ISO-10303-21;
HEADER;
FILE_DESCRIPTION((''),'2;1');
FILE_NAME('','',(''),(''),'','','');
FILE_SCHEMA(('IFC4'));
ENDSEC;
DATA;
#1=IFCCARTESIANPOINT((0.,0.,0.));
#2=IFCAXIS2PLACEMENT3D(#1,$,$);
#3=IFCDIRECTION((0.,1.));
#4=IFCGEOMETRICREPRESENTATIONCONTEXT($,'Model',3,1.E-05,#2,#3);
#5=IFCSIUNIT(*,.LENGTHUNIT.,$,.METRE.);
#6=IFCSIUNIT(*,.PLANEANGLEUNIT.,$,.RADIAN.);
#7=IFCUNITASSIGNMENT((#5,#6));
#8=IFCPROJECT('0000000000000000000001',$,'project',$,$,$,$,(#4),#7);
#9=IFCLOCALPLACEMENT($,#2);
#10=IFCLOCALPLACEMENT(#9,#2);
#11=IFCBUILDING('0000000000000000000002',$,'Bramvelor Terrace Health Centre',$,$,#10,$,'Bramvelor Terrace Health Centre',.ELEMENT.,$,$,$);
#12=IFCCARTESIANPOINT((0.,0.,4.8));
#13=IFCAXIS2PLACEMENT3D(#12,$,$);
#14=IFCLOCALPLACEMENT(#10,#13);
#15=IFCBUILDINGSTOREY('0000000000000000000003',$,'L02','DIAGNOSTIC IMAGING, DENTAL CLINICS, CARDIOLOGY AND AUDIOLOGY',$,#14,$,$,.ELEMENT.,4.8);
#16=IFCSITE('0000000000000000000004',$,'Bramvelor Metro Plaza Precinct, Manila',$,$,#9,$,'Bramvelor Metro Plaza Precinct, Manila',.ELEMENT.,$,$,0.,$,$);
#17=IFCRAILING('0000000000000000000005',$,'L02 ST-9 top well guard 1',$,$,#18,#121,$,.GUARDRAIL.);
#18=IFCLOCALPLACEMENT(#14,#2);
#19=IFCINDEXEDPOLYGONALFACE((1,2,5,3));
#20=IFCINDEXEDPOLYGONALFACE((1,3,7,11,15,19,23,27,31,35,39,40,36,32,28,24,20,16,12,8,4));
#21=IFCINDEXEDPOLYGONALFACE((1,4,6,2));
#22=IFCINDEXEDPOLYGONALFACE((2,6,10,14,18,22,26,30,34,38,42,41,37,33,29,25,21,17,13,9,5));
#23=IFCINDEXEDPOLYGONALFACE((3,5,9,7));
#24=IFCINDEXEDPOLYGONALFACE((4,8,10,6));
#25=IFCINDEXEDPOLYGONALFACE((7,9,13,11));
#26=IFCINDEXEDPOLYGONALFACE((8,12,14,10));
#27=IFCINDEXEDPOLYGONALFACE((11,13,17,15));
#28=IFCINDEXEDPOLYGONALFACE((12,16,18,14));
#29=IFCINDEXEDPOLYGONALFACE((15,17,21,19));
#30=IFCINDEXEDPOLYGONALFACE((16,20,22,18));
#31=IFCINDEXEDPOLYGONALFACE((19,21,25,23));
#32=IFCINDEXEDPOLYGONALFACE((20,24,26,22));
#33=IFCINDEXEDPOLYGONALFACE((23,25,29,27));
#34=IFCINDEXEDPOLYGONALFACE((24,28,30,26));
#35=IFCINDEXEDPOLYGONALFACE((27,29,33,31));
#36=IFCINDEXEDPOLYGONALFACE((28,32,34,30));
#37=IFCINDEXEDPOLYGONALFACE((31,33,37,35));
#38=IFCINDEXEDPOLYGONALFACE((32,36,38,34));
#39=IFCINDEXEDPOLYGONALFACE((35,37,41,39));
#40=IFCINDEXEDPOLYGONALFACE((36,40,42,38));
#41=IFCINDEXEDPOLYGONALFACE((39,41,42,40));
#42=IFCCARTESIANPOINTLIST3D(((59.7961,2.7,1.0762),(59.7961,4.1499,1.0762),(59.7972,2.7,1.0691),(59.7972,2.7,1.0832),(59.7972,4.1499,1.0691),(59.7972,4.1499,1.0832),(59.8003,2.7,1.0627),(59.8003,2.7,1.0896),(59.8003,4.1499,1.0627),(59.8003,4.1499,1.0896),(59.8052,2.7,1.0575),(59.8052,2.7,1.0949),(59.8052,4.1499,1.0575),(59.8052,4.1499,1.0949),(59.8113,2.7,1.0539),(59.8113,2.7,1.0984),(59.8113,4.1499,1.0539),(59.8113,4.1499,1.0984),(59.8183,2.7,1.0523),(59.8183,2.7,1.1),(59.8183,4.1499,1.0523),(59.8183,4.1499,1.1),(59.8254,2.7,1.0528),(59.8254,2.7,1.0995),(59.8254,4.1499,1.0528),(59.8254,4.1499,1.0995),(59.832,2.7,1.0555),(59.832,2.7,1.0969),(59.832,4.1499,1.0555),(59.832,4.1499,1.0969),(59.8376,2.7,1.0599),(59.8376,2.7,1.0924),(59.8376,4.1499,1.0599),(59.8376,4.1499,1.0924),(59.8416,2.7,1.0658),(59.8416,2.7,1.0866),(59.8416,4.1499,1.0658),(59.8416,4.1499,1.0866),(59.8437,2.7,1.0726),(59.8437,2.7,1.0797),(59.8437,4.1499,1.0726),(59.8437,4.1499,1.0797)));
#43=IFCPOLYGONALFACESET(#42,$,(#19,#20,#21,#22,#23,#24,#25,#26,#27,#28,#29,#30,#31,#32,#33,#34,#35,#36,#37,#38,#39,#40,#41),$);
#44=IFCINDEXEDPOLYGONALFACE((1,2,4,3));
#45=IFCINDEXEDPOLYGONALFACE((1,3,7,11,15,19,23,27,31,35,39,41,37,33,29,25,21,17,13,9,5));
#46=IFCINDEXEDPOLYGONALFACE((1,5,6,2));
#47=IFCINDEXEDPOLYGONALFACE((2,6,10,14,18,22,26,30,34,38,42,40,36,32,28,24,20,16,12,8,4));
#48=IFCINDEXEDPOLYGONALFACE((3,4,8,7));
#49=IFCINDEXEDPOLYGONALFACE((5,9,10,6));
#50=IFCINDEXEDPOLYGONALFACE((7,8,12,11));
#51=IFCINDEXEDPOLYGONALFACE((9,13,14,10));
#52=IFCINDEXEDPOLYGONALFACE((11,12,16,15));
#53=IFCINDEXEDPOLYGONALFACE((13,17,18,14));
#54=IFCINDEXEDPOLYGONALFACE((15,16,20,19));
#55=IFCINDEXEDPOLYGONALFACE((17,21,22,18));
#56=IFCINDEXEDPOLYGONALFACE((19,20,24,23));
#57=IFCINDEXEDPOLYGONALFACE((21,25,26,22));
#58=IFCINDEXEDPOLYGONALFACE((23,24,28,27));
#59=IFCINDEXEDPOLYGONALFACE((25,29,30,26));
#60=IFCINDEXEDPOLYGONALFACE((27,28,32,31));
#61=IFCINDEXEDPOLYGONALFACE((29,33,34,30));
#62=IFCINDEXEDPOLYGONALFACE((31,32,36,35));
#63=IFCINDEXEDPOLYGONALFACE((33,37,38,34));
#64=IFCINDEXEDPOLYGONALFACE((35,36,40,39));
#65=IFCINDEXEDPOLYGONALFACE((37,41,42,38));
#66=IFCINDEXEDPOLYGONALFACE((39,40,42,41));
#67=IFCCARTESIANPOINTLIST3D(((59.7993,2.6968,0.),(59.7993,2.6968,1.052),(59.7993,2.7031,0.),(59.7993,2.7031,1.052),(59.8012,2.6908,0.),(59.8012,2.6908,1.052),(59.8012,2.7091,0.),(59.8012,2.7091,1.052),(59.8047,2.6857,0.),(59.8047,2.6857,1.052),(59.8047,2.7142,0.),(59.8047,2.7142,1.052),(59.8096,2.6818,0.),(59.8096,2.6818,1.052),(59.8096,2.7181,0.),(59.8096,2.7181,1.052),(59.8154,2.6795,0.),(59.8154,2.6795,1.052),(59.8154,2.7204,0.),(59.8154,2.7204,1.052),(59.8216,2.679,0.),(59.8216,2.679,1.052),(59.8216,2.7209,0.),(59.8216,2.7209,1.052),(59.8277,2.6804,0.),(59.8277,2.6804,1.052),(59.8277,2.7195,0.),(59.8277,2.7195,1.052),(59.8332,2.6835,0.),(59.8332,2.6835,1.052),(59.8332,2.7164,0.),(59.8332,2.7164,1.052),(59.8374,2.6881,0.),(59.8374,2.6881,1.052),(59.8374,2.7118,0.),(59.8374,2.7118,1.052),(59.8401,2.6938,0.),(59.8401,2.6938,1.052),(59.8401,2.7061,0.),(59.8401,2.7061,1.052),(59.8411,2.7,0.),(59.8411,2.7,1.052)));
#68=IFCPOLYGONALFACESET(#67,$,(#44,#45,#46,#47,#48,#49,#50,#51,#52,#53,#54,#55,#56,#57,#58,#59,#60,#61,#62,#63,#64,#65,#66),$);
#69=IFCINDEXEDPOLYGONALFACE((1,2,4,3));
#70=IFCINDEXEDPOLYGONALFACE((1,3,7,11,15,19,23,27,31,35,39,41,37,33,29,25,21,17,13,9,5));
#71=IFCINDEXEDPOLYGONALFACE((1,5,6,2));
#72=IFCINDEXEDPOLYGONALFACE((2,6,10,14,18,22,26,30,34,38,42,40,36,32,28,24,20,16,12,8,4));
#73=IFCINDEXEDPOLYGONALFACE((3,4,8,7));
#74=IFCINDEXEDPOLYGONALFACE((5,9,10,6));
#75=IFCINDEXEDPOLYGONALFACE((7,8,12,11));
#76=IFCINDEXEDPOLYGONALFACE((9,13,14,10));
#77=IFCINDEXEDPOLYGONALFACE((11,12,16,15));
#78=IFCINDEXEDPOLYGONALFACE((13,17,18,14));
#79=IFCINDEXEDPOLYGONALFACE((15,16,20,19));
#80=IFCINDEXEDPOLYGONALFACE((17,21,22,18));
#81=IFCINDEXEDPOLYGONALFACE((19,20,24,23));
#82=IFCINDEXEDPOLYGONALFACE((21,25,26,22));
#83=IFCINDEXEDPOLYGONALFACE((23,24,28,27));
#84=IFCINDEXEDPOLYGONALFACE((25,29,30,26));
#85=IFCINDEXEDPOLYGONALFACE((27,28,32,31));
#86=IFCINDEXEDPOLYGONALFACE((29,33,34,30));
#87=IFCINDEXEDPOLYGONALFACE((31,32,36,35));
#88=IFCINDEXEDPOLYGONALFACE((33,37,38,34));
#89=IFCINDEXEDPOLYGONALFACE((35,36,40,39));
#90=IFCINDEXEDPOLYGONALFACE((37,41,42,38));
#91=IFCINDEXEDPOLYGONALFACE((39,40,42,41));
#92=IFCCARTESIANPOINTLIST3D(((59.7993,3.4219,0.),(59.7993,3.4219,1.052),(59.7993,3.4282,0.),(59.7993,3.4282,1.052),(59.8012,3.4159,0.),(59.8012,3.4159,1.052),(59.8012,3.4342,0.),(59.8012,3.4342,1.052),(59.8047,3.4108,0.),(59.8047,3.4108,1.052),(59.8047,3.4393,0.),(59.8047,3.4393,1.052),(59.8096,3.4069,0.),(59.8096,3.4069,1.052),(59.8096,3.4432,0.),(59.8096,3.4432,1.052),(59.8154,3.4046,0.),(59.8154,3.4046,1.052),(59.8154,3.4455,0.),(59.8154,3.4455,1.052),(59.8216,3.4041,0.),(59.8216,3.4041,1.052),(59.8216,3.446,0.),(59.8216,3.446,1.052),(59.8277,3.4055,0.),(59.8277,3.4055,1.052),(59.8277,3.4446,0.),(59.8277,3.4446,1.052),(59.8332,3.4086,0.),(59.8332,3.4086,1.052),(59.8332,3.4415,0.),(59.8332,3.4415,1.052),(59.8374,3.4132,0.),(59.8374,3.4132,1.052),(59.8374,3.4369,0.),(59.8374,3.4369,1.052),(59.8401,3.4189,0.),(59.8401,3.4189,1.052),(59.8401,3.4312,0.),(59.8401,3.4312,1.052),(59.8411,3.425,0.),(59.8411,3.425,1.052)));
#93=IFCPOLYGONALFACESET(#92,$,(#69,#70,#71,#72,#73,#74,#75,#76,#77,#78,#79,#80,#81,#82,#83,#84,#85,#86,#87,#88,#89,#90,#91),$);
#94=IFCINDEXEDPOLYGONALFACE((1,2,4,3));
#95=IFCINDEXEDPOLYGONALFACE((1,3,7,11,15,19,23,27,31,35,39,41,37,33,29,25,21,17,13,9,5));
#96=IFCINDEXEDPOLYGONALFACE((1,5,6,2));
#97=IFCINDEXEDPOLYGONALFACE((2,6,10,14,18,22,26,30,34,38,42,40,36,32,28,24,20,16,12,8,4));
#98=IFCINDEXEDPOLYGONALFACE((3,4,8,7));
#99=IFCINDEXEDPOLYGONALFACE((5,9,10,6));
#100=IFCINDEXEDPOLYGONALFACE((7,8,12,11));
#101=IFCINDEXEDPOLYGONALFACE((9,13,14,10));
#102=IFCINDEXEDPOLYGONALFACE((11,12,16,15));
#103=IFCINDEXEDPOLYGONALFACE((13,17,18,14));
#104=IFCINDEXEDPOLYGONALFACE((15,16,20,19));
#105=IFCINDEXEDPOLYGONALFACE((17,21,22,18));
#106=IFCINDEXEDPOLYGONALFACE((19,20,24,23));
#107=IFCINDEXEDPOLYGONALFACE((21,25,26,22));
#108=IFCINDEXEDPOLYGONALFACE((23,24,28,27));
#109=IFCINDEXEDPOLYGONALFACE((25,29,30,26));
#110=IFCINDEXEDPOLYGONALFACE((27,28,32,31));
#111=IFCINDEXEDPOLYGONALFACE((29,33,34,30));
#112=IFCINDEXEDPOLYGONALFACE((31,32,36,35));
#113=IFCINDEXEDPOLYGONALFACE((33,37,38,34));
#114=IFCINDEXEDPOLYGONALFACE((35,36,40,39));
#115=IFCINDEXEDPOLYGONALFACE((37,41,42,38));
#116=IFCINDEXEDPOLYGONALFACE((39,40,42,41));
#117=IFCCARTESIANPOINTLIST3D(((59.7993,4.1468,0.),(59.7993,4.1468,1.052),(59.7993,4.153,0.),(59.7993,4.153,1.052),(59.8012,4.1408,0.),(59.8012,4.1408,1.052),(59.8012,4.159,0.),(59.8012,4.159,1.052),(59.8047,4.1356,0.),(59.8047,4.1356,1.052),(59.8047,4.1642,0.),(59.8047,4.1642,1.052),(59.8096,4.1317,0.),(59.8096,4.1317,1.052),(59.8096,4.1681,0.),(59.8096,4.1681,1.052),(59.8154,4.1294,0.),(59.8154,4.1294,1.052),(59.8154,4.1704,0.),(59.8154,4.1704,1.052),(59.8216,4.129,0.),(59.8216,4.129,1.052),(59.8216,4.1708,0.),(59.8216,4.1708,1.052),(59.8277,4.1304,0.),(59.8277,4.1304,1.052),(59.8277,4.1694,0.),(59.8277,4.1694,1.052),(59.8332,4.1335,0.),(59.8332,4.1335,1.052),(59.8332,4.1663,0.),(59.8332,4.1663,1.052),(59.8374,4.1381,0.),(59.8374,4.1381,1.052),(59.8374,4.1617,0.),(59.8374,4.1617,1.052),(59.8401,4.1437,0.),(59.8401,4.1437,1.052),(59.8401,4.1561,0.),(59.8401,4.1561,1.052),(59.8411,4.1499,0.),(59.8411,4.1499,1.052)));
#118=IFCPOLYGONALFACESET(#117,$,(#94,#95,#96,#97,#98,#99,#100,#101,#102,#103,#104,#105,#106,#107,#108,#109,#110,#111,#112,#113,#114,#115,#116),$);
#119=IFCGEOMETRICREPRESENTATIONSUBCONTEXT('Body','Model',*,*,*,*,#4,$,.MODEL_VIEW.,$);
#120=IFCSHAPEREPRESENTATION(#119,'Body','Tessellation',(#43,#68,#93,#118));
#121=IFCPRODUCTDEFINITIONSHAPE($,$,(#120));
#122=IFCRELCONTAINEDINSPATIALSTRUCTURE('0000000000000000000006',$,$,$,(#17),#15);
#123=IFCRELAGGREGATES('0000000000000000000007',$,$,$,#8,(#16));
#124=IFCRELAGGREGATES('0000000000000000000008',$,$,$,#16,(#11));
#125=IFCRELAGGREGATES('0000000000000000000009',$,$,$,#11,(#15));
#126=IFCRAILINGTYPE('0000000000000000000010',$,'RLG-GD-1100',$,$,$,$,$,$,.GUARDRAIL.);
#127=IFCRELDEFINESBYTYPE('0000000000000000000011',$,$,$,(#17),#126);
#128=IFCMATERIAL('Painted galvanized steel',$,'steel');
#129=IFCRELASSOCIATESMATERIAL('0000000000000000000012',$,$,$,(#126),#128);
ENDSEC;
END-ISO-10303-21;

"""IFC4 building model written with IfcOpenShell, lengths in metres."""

from ifc_helpers import new_model, si_unit, direction, frame, origin, origin_2d, place, context, subcontext, project, spatial, circle, extrude, material, type_object, element, save


model = new_model("IFC4")

# Units and contexts
model_context = context("Model", 3, precision=1e-05, world=origin(), true_north=direction((0.0, 1.0)))
body_context = subcontext(model_context, "Body", "Model", "MODEL_VIEW")
ifc_project = project(units=[si_unit("LENGTHUNIT", "METRE"), si_unit("PLANEANGLEUNIT", "RADIAN")], contexts=[model_context])

# Site, building, storey
site_placement = place(None, origin())
site = spatial("IfcSite", under=ifc_project, at=site_placement, Name="Bramvelor Metro Plaza Precinct, Manila", LongName="Bramvelor Metro Plaza Precinct, Manila", CompositionType="ELEMENT", RefElevation=0.0)
building_placement = place(site_placement, origin())
building = spatial("IfcBuilding", under=site, at=building_placement, Name="Bramvelor Terrace Health Centre", LongName="Bramvelor Terrace Health Centre", CompositionType="ELEMENT")
storey_placement = place(building_placement, frame((0.0, 0.0, 4.8)))
storey = spatial("IfcBuildingStorey", under=building, at=storey_placement, Name="L02", Description="DIAGNOSTIC IMAGING, DENTAL CLINICS, CARDIOLOGY AND AUDIOLOGY", CompositionType="ELEMENT", Elevation=4.8)

# Railing
ifc_material_1 = material(Name="Painted galvanized steel", Category="steel")
railing_type = type_object("IfcRailingType", Name="RLG-GD-1100", PredefinedType="GUARDRAIL", material=ifc_material_1)
railing_placement = place(storey_placement, frame((59.8201, 2.7, 0.0)))
element("IfcRailing", 1, at=railing_placement, inside=storey, type_object=railing_type, Name="L02 ST-9 top well guard 1", PredefinedType="GUARDRAIL", context=body_context, shape_type="SweptSolid", body=[
    extrude(circle(Radius=0.0239, at=origin_2d()), frame((0.0, 0.0, 1.0762), z_axis=(0.0, 1.0, 0.0), x_axis=(-1.0, 0.0, 0.0)), (0.0, 0.0, 1.0), 1.45),
    extrude(circle(Radius=0.021, at=origin_2d()), origin(), (0.0, 0.0, 1.0), 1.052),
    extrude(circle(Radius=0.021, at=origin_2d()), frame((0.0, 0.7251, 0.0)), (0.0, 0.0, 1.0), 1.052),
    extrude(circle(Radius=0.021, at=origin_2d()), frame((0.0, 1.45, 0.0)), (0.0, 0.0, 1.0), 1.052),
])

save(model, "model.ifc")
